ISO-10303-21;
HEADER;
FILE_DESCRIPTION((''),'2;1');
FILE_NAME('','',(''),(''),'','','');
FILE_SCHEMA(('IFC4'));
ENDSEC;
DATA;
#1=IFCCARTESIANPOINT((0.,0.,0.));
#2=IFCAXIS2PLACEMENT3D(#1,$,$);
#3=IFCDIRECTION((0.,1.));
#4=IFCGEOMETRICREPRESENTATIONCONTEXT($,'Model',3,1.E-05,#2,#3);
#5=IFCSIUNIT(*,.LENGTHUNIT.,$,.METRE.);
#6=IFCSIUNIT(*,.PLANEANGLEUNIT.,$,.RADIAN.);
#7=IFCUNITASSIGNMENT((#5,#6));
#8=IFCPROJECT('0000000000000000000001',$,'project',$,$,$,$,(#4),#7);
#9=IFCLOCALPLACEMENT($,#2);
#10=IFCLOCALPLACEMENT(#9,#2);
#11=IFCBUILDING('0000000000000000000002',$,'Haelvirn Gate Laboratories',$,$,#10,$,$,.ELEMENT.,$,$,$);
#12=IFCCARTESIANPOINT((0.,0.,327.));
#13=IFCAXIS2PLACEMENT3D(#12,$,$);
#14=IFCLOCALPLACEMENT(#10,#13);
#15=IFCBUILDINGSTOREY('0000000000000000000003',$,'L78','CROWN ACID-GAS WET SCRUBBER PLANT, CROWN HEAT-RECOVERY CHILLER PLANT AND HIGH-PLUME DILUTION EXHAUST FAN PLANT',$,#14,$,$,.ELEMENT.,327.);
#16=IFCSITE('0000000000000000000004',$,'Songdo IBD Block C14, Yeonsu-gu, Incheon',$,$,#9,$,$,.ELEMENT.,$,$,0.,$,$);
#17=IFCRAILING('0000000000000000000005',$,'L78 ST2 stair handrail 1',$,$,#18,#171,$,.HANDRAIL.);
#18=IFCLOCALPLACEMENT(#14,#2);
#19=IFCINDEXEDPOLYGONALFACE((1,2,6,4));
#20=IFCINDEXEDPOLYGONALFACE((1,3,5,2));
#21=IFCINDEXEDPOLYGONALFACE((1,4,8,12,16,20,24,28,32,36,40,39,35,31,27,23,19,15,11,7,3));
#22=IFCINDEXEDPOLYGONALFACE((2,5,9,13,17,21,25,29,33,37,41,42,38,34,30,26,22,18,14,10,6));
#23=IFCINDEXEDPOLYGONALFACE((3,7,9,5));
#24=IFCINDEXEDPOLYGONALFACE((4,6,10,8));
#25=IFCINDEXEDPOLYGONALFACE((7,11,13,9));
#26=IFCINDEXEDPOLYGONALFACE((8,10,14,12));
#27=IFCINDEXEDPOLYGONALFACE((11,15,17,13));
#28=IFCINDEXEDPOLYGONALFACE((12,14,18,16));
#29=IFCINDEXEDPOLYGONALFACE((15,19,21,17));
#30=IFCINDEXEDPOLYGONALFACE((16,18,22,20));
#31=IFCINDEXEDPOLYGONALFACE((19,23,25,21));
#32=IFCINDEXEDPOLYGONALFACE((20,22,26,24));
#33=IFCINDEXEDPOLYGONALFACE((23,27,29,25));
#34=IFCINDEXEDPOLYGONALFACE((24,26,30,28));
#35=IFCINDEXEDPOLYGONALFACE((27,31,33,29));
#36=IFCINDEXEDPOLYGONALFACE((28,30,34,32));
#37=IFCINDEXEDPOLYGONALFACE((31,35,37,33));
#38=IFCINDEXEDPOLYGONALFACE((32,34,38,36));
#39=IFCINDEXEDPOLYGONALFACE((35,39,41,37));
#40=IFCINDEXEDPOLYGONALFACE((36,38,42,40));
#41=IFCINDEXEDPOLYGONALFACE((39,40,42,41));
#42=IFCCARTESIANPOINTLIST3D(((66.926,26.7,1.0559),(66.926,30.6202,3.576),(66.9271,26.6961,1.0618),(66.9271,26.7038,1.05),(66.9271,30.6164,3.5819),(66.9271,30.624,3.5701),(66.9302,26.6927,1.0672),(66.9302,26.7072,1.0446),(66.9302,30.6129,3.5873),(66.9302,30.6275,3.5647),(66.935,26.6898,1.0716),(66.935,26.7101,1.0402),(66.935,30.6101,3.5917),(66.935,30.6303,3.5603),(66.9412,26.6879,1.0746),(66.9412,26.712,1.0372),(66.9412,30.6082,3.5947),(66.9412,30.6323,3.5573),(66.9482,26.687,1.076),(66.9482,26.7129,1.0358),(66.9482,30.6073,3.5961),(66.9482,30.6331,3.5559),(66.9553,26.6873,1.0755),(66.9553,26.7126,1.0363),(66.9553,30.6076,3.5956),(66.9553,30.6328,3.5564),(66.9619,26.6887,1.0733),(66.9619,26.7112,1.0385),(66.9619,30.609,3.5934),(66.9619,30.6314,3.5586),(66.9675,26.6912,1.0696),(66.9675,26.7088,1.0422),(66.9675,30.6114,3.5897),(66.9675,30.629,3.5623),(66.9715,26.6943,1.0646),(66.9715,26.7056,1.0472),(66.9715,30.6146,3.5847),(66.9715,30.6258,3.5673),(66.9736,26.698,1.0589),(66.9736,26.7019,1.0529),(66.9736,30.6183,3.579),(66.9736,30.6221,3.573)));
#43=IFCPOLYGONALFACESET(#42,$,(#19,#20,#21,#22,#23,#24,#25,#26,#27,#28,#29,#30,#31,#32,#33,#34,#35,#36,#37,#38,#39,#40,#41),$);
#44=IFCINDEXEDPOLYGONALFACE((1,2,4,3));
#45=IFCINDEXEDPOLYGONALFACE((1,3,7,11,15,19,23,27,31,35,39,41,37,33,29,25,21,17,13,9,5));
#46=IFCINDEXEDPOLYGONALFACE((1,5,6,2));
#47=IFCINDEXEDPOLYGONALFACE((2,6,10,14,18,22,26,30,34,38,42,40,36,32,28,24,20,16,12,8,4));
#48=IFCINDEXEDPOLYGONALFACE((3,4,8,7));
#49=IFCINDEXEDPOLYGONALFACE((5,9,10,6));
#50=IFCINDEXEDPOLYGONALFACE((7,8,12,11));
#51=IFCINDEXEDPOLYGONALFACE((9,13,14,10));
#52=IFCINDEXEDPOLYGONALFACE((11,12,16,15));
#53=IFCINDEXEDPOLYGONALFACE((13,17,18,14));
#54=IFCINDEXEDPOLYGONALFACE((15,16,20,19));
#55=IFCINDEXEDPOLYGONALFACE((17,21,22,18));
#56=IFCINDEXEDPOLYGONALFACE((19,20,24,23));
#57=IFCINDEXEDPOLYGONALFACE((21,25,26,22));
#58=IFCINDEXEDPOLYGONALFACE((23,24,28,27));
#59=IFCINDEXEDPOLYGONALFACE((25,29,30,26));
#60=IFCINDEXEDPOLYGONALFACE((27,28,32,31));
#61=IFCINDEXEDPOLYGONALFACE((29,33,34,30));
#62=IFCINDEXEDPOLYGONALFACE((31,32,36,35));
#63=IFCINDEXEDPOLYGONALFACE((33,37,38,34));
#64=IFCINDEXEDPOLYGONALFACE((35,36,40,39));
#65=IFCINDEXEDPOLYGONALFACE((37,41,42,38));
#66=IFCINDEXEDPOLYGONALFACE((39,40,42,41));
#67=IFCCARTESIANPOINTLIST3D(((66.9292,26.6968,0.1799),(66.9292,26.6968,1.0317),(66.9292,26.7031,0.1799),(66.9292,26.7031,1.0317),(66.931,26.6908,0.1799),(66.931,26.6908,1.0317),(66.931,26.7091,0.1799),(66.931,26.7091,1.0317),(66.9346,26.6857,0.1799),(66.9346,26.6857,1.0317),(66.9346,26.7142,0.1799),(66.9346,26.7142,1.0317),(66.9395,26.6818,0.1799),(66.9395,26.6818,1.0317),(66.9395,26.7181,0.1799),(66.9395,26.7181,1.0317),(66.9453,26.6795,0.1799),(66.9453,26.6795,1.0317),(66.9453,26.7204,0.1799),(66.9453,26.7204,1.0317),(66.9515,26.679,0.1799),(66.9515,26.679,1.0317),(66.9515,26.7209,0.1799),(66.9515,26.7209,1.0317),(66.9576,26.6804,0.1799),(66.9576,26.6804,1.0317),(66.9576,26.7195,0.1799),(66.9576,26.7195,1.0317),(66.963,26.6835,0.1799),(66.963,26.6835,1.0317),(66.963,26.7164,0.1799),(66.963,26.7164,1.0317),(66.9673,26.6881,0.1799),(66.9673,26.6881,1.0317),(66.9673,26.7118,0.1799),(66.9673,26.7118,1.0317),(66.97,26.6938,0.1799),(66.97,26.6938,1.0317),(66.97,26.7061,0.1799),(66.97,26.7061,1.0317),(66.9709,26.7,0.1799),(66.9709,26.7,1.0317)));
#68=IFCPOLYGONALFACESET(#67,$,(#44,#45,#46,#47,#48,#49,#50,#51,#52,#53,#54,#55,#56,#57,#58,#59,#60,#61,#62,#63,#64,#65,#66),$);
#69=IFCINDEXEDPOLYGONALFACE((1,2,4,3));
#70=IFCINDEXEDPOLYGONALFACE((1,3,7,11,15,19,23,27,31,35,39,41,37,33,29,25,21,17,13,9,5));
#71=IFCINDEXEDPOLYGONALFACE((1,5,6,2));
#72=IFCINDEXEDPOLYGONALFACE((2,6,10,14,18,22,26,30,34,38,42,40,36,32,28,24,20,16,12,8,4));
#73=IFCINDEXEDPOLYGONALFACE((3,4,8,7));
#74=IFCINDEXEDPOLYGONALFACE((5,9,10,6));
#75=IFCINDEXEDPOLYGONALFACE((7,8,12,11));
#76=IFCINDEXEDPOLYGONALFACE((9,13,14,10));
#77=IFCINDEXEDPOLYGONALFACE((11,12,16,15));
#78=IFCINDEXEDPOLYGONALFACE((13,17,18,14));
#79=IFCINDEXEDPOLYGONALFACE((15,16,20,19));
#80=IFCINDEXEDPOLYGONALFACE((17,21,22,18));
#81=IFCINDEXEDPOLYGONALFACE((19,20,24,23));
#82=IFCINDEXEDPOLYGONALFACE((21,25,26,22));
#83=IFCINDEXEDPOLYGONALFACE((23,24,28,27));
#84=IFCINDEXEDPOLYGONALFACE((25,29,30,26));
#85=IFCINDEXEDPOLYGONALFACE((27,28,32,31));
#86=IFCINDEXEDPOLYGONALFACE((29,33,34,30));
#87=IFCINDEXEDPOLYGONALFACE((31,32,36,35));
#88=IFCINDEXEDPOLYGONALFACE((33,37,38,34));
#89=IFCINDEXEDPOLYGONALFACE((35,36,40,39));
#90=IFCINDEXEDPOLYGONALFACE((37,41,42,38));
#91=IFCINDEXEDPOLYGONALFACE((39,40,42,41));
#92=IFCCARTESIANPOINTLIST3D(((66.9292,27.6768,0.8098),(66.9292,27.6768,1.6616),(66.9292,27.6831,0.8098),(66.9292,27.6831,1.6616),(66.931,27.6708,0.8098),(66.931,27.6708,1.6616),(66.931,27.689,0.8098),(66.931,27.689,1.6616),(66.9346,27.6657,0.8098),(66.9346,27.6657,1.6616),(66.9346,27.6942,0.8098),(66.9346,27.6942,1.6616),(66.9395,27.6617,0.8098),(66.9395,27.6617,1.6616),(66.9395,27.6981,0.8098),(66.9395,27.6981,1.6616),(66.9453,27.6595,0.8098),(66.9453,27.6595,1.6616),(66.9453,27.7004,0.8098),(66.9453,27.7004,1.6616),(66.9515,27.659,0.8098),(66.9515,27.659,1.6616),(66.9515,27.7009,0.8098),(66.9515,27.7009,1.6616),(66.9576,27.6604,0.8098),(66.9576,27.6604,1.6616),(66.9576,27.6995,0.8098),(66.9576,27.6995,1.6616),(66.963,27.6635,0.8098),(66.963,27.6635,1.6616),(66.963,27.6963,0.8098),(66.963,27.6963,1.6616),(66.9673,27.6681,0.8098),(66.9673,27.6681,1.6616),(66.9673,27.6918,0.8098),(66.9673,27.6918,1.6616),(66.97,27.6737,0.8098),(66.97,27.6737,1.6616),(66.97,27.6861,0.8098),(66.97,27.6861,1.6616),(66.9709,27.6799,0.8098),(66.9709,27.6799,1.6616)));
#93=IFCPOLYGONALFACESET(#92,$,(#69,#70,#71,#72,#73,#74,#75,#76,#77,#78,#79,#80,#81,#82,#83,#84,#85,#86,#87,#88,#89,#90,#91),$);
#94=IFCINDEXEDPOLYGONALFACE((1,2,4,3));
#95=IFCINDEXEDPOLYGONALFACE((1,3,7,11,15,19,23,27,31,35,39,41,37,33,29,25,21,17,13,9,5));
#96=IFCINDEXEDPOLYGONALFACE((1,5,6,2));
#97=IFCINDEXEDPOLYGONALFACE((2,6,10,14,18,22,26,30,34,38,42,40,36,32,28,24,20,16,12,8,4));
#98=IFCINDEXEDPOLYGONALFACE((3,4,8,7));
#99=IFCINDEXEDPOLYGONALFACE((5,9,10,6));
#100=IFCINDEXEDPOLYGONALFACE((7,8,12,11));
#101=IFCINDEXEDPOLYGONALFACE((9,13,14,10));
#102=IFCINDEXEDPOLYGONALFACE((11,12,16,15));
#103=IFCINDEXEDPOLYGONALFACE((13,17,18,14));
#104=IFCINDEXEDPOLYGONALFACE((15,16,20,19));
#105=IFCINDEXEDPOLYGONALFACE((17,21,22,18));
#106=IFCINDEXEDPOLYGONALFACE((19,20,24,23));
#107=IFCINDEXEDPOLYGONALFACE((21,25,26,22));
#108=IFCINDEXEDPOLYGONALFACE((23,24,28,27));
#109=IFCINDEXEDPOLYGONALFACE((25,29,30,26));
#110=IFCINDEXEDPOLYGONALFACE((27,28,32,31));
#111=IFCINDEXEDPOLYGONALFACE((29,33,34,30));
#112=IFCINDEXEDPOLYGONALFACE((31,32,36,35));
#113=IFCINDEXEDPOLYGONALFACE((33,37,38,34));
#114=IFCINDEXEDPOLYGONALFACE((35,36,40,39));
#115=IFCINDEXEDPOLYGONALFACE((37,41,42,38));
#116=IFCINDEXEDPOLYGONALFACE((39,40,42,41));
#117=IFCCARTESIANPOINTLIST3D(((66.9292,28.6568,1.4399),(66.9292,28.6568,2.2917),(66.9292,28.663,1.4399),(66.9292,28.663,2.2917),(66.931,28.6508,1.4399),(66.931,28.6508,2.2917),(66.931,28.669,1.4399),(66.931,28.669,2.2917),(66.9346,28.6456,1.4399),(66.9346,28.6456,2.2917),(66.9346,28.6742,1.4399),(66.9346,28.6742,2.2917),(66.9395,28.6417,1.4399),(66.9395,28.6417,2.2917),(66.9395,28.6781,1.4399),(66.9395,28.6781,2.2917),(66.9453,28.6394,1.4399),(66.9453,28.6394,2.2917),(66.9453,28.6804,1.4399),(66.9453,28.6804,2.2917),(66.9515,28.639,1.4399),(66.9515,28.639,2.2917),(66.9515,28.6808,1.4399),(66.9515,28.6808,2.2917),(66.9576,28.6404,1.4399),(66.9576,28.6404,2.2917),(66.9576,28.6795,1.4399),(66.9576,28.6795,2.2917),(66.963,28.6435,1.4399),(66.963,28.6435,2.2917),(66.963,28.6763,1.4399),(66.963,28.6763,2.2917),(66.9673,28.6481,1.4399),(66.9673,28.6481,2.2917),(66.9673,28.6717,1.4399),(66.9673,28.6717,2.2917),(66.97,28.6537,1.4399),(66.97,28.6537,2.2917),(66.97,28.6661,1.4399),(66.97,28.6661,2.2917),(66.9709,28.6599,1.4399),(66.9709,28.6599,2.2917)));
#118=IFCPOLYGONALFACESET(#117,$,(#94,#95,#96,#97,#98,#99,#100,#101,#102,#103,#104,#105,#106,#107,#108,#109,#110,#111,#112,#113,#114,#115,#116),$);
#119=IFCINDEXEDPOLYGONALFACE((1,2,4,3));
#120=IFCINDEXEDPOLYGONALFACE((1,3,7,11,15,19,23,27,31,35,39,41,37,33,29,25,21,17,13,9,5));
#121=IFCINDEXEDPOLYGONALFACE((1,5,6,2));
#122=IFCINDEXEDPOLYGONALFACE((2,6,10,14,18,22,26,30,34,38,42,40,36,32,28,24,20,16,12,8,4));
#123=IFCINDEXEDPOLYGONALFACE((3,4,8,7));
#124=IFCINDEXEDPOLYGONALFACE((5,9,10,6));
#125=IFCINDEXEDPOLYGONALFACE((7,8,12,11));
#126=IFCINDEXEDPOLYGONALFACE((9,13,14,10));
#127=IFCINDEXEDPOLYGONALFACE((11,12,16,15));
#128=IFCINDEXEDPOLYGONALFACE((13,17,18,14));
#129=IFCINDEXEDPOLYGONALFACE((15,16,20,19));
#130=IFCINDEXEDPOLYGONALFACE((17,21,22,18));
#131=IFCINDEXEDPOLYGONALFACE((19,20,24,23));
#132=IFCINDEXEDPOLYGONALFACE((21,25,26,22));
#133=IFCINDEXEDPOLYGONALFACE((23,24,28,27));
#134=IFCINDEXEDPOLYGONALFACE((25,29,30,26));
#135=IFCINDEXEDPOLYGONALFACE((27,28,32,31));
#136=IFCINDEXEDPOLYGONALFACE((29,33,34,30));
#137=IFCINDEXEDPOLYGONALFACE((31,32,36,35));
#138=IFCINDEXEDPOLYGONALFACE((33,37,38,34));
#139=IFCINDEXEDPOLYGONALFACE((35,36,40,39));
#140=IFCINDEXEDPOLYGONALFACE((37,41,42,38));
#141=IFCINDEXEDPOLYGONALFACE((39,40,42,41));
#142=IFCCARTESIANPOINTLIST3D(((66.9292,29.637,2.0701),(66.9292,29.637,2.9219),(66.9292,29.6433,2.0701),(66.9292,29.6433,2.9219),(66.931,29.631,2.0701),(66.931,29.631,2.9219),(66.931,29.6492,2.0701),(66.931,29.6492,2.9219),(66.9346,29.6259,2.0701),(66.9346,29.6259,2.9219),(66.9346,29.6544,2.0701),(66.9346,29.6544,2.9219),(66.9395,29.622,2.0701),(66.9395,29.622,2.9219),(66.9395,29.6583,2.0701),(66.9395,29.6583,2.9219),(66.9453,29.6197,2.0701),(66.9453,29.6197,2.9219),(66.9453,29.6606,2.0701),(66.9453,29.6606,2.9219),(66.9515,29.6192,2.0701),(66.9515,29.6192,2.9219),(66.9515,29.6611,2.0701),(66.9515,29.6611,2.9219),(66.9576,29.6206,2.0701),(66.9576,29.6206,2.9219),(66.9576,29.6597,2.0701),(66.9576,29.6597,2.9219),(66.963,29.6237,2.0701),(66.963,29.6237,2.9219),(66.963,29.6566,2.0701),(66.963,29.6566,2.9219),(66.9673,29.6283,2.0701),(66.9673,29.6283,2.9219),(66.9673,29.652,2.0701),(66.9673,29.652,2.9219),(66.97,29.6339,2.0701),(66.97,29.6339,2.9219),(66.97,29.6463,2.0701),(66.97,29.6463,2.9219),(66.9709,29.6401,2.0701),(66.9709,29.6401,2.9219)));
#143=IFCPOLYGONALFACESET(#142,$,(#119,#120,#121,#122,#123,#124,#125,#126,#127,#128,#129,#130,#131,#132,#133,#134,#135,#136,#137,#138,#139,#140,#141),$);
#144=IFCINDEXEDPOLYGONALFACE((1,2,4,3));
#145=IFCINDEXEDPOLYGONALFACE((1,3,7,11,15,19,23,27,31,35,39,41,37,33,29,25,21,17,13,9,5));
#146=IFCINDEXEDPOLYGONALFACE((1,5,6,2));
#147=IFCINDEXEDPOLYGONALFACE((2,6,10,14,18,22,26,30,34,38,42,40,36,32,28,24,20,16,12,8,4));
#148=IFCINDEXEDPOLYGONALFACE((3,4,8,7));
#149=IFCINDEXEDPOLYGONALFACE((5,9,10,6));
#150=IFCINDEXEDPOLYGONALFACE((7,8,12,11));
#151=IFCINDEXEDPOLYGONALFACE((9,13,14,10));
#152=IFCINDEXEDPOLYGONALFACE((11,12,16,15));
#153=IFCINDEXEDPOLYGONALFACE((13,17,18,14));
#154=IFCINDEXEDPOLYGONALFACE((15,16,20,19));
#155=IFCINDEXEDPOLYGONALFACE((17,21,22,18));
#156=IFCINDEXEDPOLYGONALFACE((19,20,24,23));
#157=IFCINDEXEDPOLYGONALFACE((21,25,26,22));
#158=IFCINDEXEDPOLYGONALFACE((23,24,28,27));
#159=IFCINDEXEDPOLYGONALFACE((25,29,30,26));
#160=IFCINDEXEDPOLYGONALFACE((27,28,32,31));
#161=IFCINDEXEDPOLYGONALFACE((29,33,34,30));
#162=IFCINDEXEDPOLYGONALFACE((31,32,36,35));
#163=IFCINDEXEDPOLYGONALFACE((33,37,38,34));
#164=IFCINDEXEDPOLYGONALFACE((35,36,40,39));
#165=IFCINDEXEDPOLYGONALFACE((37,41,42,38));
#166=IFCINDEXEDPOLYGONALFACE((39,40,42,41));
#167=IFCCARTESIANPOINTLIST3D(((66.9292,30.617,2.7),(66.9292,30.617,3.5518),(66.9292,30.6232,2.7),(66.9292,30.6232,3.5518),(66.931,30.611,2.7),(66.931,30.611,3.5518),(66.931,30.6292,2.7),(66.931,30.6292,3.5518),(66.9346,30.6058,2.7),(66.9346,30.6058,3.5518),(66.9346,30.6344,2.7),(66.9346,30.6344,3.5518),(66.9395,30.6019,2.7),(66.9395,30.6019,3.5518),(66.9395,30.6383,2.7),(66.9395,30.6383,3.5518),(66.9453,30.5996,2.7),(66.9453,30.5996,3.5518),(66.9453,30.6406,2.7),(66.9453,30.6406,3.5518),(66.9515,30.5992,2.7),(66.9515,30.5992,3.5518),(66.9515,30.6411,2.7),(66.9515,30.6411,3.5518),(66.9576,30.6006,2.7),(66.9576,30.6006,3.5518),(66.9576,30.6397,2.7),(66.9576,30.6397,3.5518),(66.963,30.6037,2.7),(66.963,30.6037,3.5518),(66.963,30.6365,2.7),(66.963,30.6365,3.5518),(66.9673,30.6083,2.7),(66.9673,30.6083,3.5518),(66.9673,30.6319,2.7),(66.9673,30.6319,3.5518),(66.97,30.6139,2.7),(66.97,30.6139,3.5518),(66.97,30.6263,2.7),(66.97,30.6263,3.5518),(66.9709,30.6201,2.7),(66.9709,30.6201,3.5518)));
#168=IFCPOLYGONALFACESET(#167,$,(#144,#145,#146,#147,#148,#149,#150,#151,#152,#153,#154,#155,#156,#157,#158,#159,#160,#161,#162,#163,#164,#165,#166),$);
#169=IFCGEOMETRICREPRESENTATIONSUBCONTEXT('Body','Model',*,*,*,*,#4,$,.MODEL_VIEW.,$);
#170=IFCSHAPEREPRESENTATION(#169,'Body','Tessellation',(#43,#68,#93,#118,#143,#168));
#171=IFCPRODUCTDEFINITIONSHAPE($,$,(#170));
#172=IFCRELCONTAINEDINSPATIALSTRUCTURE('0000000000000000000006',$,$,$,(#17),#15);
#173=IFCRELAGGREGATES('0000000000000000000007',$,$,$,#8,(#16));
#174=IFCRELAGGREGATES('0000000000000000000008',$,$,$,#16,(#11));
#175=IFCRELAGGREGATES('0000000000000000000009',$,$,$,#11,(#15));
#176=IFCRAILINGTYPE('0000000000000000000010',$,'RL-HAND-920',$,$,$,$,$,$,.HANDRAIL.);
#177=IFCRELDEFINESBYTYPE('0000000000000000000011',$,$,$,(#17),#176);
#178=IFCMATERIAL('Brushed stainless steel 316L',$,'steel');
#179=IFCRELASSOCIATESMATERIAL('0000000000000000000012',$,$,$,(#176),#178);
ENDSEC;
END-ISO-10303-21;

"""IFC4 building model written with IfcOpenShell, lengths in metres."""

from ifc_helpers import new_model, si_unit, direction, frame, origin, origin_2d, place, context, subcontext, project, spatial, circle, extrude, source, transform, mapped, material, type_object, element, save


model = new_model("IFC4")

# Units and contexts
model_context = context("Model", 3, precision=1e-05, world=origin(), true_north=direction((0.0, 1.0)))
body_context = subcontext(model_context, "Body", "Model", "MODEL_VIEW")
ifc_project = project(units=[si_unit("LENGTHUNIT", "METRE"), si_unit("PLANEANGLEUNIT", "RADIAN")], contexts=[model_context])

# Site, building, storey
site_placement = place(None, origin())
site = spatial("IfcSite", under=ifc_project, at=site_placement, Name="Songdo IBD Block C14, Yeonsu-gu, Incheon", CompositionType="ELEMENT", RefElevation=0.0)
building_placement = place(site_placement, origin())
building = spatial("IfcBuilding", under=site, at=building_placement, Name="Haelvirn Gate Laboratories", CompositionType="ELEMENT")
storey_placement = place(building_placement, frame((0.0, 0.0, 327.0)))
storey = spatial("IfcBuildingStorey", under=building, at=storey_placement, Name="L78", Description="CROWN ACID-GAS WET SCRUBBER PLANT, CROWN HEAT-RECOVERY CHILLER PLANT AND HIGH-PLUME DILUTION EXHAUST FAN PLANT", CompositionType="ELEMENT", Elevation=327.0)

# Railing
ifc_material_1 = material(Name="Brushed stainless steel 316L", Category="steel")
railing_type_1 = type_object("IfcRailingType", Name="RL-HAND-920", PredefinedType="HANDRAIL", material=ifc_material_1)
shared_shape_1 = source(origin(), body_context, "Body", "SweptSolid", [
    extrude(circle(Radius=0.0239, at=origin_2d()), frame((0.0, 0.0, 0.876), z_axis=(0.0, 0.841187, 0.540744), x_axis=(-1.0, 0.0, 0.0)), (0.0, 0.0, 1.0), 4.6604),
    extrude(circle(Radius=0.021, at=origin_2d()), origin(), (0.0, 0.0, 1.0), 0.8518),
    extrude(circle(Radius=0.021, at=origin_2d()), frame((0.0, 0.98, 0.6299)), (0.0, 0.0, 1.0), 0.8518),
    extrude(circle(Radius=0.021, at=origin_2d()), frame((0.0, 1.96, 1.26)), (0.0, 0.0, 1.0), 0.8518),
    extrude(circle(Radius=0.021, at=origin_2d()), frame((0.0, 2.9402, 1.8901)), (0.0, 0.0, 1.0), 0.8518),
    extrude(circle(Radius=0.021, at=origin_2d()), frame((0.0, 3.9202, 2.52)), (0.0, 0.0, 1.0), 0.8518),
])
railing_1_placement = place(storey_placement, frame((66.95, 26.7, 0.1799)))
element("IfcRailing", 1, at=railing_1_placement, inside=storey, type_object=railing_type_1, Name="L78 ST2 stair handrail 1", PredefinedType="HANDRAIL", context=body_context, shape_type="MappedRepresentation", body=[
    mapped(shared_shape_1, transform((0.0, 0.0, 0.0), scale=1.0)),
])

save(model, "model.ifc")
